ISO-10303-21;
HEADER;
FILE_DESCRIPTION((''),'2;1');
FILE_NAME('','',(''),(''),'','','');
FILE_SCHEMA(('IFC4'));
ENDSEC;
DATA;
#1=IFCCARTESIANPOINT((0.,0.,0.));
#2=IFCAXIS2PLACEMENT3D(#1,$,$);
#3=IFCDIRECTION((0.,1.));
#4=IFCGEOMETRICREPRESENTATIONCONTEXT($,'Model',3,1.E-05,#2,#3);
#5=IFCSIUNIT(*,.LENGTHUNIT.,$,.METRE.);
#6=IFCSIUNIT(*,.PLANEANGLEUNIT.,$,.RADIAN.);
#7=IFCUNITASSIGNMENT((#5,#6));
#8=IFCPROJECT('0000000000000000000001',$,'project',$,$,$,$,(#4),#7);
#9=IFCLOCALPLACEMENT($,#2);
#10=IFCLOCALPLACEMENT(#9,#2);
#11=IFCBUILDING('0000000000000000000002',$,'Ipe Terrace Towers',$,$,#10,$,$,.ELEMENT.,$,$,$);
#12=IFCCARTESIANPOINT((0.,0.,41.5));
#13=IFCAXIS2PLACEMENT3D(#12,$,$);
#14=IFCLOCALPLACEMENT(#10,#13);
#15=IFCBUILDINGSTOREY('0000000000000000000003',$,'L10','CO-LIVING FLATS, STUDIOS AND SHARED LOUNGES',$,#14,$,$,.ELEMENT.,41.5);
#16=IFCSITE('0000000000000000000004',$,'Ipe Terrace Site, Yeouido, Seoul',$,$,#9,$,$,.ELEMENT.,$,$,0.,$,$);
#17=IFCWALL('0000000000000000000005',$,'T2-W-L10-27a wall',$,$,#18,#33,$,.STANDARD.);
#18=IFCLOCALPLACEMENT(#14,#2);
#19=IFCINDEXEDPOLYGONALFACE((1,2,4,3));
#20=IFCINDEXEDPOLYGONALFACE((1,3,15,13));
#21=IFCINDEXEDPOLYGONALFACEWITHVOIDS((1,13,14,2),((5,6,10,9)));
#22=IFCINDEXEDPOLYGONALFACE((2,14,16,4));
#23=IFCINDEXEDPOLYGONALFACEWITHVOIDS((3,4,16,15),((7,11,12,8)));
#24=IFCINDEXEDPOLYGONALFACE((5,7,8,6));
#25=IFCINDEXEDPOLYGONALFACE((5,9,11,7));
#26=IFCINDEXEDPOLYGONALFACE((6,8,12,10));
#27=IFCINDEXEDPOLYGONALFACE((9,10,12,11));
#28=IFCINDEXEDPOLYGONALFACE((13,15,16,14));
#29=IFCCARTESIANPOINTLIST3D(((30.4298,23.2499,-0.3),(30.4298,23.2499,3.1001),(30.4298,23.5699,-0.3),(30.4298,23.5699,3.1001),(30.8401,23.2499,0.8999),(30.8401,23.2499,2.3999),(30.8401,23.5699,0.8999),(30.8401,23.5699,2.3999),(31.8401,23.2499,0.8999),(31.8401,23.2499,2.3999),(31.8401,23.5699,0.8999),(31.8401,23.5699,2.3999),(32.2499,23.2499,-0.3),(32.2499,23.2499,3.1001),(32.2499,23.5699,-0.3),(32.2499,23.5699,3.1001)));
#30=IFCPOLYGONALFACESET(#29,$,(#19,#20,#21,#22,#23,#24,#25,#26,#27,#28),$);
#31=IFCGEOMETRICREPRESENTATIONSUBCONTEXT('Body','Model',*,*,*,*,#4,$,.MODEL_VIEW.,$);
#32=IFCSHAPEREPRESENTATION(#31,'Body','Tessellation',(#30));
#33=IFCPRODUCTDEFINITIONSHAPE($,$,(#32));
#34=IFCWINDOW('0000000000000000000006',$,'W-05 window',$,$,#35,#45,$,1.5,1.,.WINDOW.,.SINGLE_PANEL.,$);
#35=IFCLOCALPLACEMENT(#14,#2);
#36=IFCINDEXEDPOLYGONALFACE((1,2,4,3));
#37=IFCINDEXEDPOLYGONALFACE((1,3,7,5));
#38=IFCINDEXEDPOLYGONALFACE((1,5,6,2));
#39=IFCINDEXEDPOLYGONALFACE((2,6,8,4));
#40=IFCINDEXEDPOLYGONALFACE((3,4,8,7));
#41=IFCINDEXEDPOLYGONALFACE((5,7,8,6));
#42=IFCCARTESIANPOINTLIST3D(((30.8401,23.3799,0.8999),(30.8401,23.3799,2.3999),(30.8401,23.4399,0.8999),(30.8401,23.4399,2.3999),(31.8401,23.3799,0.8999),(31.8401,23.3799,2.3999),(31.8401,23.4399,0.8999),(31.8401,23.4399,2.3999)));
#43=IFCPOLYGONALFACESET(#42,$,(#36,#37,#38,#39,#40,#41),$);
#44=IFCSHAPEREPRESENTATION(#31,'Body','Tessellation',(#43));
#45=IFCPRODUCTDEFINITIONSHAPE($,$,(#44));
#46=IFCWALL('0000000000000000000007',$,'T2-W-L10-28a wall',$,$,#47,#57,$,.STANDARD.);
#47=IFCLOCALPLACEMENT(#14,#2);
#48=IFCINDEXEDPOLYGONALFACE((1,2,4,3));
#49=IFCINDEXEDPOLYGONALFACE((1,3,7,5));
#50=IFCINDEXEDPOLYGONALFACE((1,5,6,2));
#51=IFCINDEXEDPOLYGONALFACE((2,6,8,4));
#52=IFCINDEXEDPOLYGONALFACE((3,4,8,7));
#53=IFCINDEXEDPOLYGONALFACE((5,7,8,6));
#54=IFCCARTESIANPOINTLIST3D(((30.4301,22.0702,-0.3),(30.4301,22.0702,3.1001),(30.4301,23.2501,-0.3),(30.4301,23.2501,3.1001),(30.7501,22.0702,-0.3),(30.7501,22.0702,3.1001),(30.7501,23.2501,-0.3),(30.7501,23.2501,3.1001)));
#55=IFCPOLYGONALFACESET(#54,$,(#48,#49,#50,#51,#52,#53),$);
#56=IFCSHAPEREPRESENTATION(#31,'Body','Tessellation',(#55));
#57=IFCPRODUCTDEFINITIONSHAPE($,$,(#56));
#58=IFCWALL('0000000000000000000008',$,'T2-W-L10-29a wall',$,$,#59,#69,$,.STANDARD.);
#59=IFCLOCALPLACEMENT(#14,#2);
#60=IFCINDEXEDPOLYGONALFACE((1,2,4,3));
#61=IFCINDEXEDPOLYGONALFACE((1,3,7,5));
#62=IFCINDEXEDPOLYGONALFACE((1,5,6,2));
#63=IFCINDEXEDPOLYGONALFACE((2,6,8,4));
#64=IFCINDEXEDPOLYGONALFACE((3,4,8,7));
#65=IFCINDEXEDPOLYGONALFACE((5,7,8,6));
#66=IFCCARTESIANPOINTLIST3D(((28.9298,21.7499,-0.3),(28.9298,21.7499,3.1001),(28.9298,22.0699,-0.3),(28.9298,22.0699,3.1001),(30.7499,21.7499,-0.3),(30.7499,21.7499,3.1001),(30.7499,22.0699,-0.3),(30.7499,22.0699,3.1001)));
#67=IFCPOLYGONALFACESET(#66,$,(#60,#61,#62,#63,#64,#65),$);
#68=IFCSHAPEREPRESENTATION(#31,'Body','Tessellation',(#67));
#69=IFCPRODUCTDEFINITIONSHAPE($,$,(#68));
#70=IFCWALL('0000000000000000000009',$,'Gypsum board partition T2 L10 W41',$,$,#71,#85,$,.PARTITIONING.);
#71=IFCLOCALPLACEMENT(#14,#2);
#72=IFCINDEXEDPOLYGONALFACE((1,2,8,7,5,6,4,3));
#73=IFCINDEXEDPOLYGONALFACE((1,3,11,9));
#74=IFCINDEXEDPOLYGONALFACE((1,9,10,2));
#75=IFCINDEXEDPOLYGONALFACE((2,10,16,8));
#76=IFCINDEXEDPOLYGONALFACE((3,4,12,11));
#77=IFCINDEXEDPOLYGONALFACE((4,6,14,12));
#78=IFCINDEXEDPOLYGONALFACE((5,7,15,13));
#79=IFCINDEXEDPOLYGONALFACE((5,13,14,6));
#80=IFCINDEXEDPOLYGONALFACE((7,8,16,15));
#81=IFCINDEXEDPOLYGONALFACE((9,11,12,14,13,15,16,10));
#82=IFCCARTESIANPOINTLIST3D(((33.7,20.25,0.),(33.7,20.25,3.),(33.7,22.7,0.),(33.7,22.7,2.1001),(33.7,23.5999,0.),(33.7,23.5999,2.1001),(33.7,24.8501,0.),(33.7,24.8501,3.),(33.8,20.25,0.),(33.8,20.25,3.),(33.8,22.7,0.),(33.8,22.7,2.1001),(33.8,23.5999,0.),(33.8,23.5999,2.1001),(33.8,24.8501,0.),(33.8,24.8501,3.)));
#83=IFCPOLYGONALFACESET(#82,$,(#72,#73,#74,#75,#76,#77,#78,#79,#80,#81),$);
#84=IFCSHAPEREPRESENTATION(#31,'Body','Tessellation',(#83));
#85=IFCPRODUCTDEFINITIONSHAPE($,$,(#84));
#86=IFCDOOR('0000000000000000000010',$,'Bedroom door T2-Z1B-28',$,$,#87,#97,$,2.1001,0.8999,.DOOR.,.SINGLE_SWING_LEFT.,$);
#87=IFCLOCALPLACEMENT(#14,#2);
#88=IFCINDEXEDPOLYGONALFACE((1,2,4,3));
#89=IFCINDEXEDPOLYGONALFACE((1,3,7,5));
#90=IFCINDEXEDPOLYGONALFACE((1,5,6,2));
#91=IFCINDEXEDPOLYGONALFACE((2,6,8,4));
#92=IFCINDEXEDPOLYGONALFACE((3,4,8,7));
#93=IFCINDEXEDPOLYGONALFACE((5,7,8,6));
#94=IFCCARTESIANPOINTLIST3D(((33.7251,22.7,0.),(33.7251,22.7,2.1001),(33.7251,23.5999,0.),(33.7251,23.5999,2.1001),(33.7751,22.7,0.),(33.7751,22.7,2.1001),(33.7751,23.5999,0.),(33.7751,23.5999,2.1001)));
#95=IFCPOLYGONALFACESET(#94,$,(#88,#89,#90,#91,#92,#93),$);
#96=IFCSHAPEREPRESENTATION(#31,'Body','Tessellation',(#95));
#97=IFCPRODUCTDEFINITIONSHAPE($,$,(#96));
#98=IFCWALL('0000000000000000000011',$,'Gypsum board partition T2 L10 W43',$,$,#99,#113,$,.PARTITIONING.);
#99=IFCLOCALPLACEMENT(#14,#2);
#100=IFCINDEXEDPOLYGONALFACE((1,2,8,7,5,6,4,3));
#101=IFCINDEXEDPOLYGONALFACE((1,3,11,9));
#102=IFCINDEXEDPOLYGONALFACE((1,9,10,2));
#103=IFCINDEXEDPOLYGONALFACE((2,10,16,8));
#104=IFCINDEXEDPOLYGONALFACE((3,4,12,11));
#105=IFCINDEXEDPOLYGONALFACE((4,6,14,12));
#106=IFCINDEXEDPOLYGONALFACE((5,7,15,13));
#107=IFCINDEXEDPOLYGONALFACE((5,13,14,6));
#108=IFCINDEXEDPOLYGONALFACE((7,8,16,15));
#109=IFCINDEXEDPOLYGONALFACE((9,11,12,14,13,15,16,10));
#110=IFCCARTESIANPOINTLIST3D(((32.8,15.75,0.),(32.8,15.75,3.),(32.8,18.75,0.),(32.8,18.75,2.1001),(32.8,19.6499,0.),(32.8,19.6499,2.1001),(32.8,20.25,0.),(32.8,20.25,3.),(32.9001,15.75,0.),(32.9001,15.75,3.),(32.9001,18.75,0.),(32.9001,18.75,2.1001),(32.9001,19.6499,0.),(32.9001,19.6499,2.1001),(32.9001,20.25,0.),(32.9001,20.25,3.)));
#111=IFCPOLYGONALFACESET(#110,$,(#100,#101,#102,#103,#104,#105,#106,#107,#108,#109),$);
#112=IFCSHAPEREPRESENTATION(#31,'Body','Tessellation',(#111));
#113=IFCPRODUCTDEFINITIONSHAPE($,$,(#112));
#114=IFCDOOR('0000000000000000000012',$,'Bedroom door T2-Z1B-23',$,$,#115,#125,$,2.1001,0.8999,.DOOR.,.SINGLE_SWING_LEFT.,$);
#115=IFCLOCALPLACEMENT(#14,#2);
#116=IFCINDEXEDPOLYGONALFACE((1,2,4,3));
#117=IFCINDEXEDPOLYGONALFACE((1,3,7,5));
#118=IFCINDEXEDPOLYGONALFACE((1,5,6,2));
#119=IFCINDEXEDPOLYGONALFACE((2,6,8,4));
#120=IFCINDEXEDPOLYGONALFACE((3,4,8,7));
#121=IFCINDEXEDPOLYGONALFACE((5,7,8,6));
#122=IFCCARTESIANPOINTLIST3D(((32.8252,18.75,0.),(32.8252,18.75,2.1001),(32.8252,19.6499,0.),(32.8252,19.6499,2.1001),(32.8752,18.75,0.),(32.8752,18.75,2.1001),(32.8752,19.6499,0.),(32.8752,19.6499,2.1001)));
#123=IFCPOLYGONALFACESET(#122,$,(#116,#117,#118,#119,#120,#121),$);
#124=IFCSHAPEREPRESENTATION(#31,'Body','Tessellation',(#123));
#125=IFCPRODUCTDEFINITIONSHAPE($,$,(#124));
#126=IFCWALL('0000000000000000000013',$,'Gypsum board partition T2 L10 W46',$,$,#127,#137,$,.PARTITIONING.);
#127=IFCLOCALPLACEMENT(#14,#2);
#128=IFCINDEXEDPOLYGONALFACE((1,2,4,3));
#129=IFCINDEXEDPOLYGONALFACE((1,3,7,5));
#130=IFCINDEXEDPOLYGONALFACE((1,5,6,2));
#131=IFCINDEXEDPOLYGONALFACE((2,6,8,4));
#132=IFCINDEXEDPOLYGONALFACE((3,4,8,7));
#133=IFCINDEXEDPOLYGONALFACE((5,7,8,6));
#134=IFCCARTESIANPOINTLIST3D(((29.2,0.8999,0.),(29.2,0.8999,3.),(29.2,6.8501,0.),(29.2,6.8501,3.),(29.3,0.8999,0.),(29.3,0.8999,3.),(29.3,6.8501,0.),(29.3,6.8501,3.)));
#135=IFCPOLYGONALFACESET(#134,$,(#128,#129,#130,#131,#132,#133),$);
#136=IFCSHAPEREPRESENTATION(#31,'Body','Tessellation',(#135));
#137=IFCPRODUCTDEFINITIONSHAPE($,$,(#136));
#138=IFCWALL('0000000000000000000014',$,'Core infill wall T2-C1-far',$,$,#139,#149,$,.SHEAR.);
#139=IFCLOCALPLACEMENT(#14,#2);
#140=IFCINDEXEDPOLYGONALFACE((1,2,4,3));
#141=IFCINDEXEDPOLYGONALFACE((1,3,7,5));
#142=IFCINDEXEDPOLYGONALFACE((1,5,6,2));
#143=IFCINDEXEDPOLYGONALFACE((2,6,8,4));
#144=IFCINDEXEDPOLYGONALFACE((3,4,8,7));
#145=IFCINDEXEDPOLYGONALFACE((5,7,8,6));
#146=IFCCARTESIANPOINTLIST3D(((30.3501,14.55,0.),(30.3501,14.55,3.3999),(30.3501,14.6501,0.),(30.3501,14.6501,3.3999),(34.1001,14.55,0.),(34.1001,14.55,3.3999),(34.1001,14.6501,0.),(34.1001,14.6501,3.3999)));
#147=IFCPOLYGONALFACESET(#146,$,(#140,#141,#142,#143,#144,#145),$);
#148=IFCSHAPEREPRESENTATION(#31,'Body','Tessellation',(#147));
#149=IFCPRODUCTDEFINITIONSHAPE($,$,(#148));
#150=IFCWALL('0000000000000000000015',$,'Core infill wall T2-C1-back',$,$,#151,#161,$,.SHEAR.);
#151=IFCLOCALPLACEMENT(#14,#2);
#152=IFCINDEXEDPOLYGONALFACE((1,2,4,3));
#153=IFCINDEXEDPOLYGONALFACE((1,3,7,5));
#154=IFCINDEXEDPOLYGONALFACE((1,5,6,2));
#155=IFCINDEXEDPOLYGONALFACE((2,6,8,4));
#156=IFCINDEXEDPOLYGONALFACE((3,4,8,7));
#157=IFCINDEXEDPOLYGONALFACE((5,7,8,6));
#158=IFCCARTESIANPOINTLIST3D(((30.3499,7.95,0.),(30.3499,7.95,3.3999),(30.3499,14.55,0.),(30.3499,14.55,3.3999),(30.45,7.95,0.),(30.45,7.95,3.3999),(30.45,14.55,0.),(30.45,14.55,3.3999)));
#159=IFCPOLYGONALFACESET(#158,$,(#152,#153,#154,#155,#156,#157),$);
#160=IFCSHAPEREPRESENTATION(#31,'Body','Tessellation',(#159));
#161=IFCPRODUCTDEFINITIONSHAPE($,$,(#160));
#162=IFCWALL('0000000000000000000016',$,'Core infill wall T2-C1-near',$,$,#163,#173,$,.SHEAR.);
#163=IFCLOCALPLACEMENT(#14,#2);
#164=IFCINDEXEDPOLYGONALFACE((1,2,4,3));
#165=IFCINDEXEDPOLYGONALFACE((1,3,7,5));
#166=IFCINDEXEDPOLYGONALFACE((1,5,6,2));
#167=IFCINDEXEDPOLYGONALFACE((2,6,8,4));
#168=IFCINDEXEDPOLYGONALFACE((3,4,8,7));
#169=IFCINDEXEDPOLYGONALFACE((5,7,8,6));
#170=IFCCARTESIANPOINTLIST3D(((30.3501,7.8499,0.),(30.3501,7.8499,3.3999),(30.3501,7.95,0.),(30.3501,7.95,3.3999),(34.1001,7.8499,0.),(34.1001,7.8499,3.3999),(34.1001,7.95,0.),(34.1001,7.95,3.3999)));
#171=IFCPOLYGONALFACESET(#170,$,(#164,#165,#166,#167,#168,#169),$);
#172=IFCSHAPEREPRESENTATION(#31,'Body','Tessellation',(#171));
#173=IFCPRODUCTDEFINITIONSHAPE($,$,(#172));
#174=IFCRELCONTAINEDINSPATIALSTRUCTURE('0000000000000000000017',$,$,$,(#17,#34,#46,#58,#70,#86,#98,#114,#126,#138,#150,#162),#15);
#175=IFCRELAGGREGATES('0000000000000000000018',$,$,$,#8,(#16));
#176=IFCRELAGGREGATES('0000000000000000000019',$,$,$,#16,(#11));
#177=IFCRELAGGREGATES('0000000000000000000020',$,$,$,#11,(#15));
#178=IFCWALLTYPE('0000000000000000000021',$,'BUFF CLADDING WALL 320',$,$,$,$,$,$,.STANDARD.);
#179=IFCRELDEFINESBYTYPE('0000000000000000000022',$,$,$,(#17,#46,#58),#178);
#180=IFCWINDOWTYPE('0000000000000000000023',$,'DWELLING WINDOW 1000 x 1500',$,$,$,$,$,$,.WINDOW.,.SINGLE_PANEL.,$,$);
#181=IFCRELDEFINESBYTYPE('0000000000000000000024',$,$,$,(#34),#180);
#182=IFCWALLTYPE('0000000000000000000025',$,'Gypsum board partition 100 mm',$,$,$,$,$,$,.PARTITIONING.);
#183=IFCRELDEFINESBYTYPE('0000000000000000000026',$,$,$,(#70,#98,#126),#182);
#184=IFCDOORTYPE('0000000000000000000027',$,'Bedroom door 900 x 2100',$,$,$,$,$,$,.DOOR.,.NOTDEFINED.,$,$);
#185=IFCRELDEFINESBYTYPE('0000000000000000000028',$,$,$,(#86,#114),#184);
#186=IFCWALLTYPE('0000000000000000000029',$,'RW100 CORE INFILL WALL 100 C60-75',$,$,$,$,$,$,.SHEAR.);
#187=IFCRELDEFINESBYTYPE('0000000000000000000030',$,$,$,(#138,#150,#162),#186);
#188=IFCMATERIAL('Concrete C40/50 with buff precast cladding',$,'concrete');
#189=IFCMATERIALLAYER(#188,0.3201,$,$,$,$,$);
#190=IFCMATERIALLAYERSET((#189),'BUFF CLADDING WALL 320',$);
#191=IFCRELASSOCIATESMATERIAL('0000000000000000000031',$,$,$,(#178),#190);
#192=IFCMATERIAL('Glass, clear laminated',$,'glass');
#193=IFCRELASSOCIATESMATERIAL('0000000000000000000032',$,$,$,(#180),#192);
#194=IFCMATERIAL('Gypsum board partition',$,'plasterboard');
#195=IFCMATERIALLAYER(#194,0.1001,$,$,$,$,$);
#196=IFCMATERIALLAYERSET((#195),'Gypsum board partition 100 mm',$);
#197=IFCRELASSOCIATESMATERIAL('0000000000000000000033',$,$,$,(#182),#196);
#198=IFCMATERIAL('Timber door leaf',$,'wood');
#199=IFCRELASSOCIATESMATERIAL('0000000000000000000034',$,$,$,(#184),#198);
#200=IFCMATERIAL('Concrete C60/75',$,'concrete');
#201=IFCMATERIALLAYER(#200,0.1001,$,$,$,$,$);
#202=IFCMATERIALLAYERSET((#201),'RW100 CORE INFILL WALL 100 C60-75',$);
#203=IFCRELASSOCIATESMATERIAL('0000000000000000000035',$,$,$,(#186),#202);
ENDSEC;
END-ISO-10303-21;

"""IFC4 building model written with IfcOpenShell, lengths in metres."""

from ifc_helpers import new_model, si_unit, direction, frame, frame_2d, origin, place, context, subcontext, project, spatial, rectangle, extrude, material, layer, layer_set, type_object, element, fill, save


model = new_model("IFC4")

# Units and contexts
model_context = context("Model", 3, precision=1e-05, world=origin(), true_north=direction((0.0, 1.0)))
body_context = subcontext(model_context, "Body", "Model", "MODEL_VIEW")
ifc_project = project(units=[si_unit("LENGTHUNIT", "METRE"), si_unit("PLANEANGLEUNIT", "RADIAN")], contexts=[model_context])

# Site, building, storey
site_placement = place(None, origin())
site = spatial("IfcSite", under=ifc_project, at=site_placement, Name="Ipe Terrace Site, Yeouido, Seoul", CompositionType="ELEMENT", RefElevation=0.0)
building_placement = place(site_placement, origin())
building = spatial("IfcBuilding", under=site, at=building_placement, Name="Ipe Terrace Towers", CompositionType="ELEMENT")
storey_placement = place(building_placement, frame((0.0, 0.0, 41.5)))
storey = spatial("IfcBuildingStorey", under=building, at=storey_placement, Name="L10", Description="CO-LIVING FLATS, STUDIOS AND SHARED LOUNGES", CompositionType="ELEMENT", Elevation=41.5)

# Shared definitions
ifc_material_1 = material(Name="Concrete C40/50 with buff precast cladding", Category="concrete")
ifc_layer_1 = layer(ifc_material_1, 0.3201)
ifc_layer_set_1 = layer_set([ifc_layer_1], Name="BUFF CLADDING WALL 320")
wall_type_1 = type_object("IfcWallType", Name="BUFF CLADDING WALL 320", PredefinedType="STANDARD", material=ifc_layer_set_1)

# Wall, opening, window
wall_1_placement = place(storey_placement, frame((32.25, 23.4099, -0.3), z_axis=(0.0, 0.0, 1.0), x_axis=(-1.0, 0.0, 0.0)))
wall_1 = element("IfcWall", 1, at=wall_1_placement, inside=storey, type_object=wall_type_1, Name="T2-W-L10-27a wall", PredefinedType="STANDARD", context=body_context, shape_type="SweptSolid", body=[
    extrude(rectangle(XDim=1.8201, YDim=0.3201, at=frame_2d((0.9102, 0.0))), origin(), (0.0, 0.0, 1.0), 3.4001),
])
opening_1_placement = place(wall_1_placement, frame((0.4099, 0.0, 1.2)))
opening_1 = element("IfcOpeningElement", 2, at=opening_1_placement, cuts=wall_1, PredefinedType="OPENING", context=body_context, shape_type="SweptSolid", body=[
    extrude(rectangle(XDim=1.0, YDim=1.5, at=frame_2d((0.5, 0.75))), frame((0.0, 0.1699, 0.0), z_axis=(0.0, -1.0, 0.0), x_axis=(1.0, 0.0, 0.0)), (0.0, 0.0, 1.0), 0.3401),
])
ifc_material_2 = material(Name="Glass, clear laminated", Category="glass")
window_type = type_object("IfcWindowType", Name="DWELLING WINDOW 1000 x 1500", PartitioningType="SINGLE_PANEL", PredefinedType="WINDOW", material=ifc_material_2)
window_placement = place(opening_1_placement, origin())
window = element("IfcWindow", 3, at=window_placement, inside=storey, type_object=window_type, Name="W-05 window", OverallHeight=1.5, OverallWidth=1.0, PartitioningType="SINGLE_PANEL", PredefinedType="WINDOW", context=body_context, shape_type="SweptSolid", body=[
    extrude(rectangle(XDim=1.0, YDim=1.5, at=frame_2d((0.5, 0.75))), frame((0.0, 0.03, 0.0), z_axis=(0.0, -1.0, 0.0), x_axis=(1.0, 0.0, 0.0)), (0.0, 0.0, 1.0), 0.0601),
])
fill(opening_1, window)

# Walls
wall_2_placement = place(storey_placement, frame((30.5901, 23.25, -0.3), z_axis=(0.0, 0.0, 1.0), x_axis=(0.0, -1.0, 0.0)))
element("IfcWall", 4, at=wall_2_placement, inside=storey, type_object=wall_type_1, Name="T2-W-L10-28a wall", PredefinedType="STANDARD", context=body_context, shape_type="SweptSolid", body=[
    extrude(rectangle(XDim=1.1799, YDim=0.3201, at=frame_2d((0.5898, 0.0))), origin(), (0.0, 0.0, 1.0), 3.4001),
])
wall_3_placement = place(storey_placement, frame((30.75, 21.9099, -0.3), z_axis=(0.0, 0.0, 1.0), x_axis=(-1.0, 0.0, 0.0)))
element("IfcWall", 5, at=wall_3_placement, inside=storey, type_object=wall_type_1, Name="T2-W-L10-29a wall", PredefinedType="STANDARD", context=body_context, shape_type="SweptSolid", body=[
    extrude(rectangle(XDim=1.8201, YDim=0.3201, at=frame_2d((0.9102, 0.0))), origin(), (0.0, 0.0, 1.0), 3.4001),
])

# Walls, openings, doors
ifc_material_3 = material(Name="Gypsum board partition", Category="plasterboard")
ifc_layer_2 = layer(ifc_material_3, 0.1001)
ifc_layer_set_2 = layer_set([ifc_layer_2], Name="Gypsum board partition 100 mm")
wall_type_2 = type_object("IfcWallType", Name="Gypsum board partition 100 mm", PredefinedType="PARTITIONING", material=ifc_layer_set_2)
wall_4_placement = place(storey_placement, frame((33.75, 20.25, 0.0), z_axis=(0.0, 0.0, 1.0), x_axis=(0.0, 1.0, 0.0)))
wall_4 = element("IfcWall", 6, at=wall_4_placement, inside=storey, type_object=wall_type_2, Name="Gypsum board partition T2 L10 W41", PredefinedType="PARTITIONING", context=body_context, shape_type="SweptSolid", body=[
    extrude(rectangle(XDim=4.6001, YDim=0.1001, at=frame_2d((2.3, 0.0))), origin(), (0.0, 0.0, 1.0), 3.0),
])
opening_2_placement = place(wall_4_placement, frame((2.45, 0.0, 0.0)))
opening_2 = element("IfcOpeningElement", 7, at=opening_2_placement, cuts=wall_4, PredefinedType="OPENING", context=body_context, shape_type="SweptSolid", body=[
    extrude(rectangle(XDim=0.8999, YDim=2.1001, at=frame_2d((0.45, 1.05))), frame((0.0, 0.0601, 0.0), z_axis=(0.0, -1.0, 0.0), x_axis=(1.0, 0.0, 0.0)), (0.0, 0.0, 1.0), 0.1201),
])
ifc_material_4 = material(Name="Timber door leaf", Category="wood")
door_type_1 = type_object("IfcDoorType", Name="Bedroom door 900 x 2100", OperationType="NOTDEFINED", PredefinedType="DOOR", material=ifc_material_4)
door_1_placement = place(opening_2_placement, origin())
door_1 = element("IfcDoor", 8, at=door_1_placement, inside=storey, type_object=door_type_1, Name="Bedroom door T2-Z1B-28", OperationType="SINGLE_SWING_LEFT", OverallHeight=2.1001, OverallWidth=0.8999, PredefinedType="DOOR", context=body_context, shape_type="SweptSolid", body=[
    extrude(rectangle(XDim=0.8999, YDim=2.1001, at=frame_2d((0.45, 1.05))), frame((0.0, 0.0249, 0.0), z_axis=(0.0, -1.0, 0.0), x_axis=(1.0, 0.0, 0.0)), (0.0, 0.0, 1.0), 0.05),
])
fill(opening_2, door_1)
wall_5_placement = place(storey_placement, frame((32.8501, 15.75, 0.0), z_axis=(0.0, 0.0, 1.0), x_axis=(0.0, 1.0, 0.0)))
wall_5 = element("IfcWall", 9, at=wall_5_placement, inside=storey, type_object=wall_type_2, Name="Gypsum board partition T2 L10 W43", PredefinedType="PARTITIONING", context=body_context, shape_type="SweptSolid", body=[
    extrude(rectangle(XDim=4.5, YDim=0.1001, at=frame_2d((2.25, 0.0))), origin(), (0.0, 0.0, 1.0), 3.0),
])
opening_3_placement = place(wall_5_placement, frame((3.0, 0.0, 0.0)))
opening_3 = element("IfcOpeningElement", 10, at=opening_3_placement, cuts=wall_5, PredefinedType="OPENING", context=body_context, shape_type="SweptSolid", body=[
    extrude(rectangle(XDim=0.8999, YDim=2.1001, at=frame_2d((0.45, 1.05))), frame((0.0, 0.0601, 0.0), z_axis=(0.0, -1.0, 0.0), x_axis=(1.0, 0.0, 0.0)), (0.0, 0.0, 1.0), 0.1201),
])
door_2_placement = place(opening_3_placement, origin())
door_2 = element("IfcDoor", 11, at=door_2_placement, inside=storey, type_object=door_type_1, Name="Bedroom door T2-Z1B-23", OperationType="SINGLE_SWING_LEFT", OverallHeight=2.1001, OverallWidth=0.8999, PredefinedType="DOOR", context=body_context, shape_type="SweptSolid", body=[
    extrude(rectangle(XDim=0.8999, YDim=2.1001, at=frame_2d((0.45, 1.05))), frame((0.0, 0.0249, 0.0), z_axis=(0.0, -1.0, 0.0), x_axis=(1.0, 0.0, 0.0)), (0.0, 0.0, 1.0), 0.05),
])
fill(opening_3, door_2)

# Walls
wall_6_placement = place(storey_placement, frame((29.25, 0.8999, 0.0), z_axis=(0.0, 0.0, 1.0), x_axis=(0.0, 1.0, 0.0)))
element("IfcWall", 12, at=wall_6_placement, inside=storey, type_object=wall_type_2, Name="Gypsum board partition T2 L10 W46", PredefinedType="PARTITIONING", context=body_context, shape_type="SweptSolid", body=[
    extrude(rectangle(XDim=5.9502, YDim=0.1001, at=frame_2d((2.9751, 0.0))), origin(), (0.0, 0.0, 1.0), 3.0),
])
ifc_material_5 = material(Name="Concrete C60/75", Category="concrete")
ifc_layer_3 = layer(ifc_material_5, 0.1001)
ifc_layer_set_3 = layer_set([ifc_layer_3], Name="RW100 CORE INFILL WALL 100 C60-75")
wall_type_3 = type_object("IfcWallType", Name="RW100 CORE INFILL WALL 100 C60-75", PredefinedType="SHEAR", material=ifc_layer_set_3)
wall_7_placement = place(storey_placement, frame((34.1001, 14.6001, 0.0), z_axis=(0.0, 0.0, 1.0), x_axis=(-1.0, 0.0, 0.0)))
element("IfcWall", 13, at=wall_7_placement, inside=storey, type_object=wall_type_3, Name="Core infill wall T2-C1-far", PredefinedType="SHEAR", context=body_context, shape_type="SweptSolid", body=[
    extrude(rectangle(XDim=3.75, YDim=0.1001, at=frame_2d((1.875, 0.0))), origin(), (0.0, 0.0, 1.0), 3.3999),
])
wall_8_placement = place(storey_placement, frame((30.3999, 7.95, 0.0), z_axis=(0.0, 0.0, 1.0), x_axis=(0.0, 1.0, 0.0)))
element("IfcWall", 14, at=wall_8_placement, inside=storey, type_object=wall_type_3, Name="Core infill wall T2-C1-back", PredefinedType="SHEAR", context=body_context, shape_type="SweptSolid", body=[
    extrude(rectangle(XDim=6.6001, YDim=0.1001, at=frame_2d((3.3, 0.0))), origin(), (0.0, 0.0, 1.0), 3.3999),
])
wall_9_placement = place(storey_placement, frame((34.1001, 7.8999, 0.0), z_axis=(0.0, 0.0, 1.0), x_axis=(-1.0, 0.0, 0.0)))
element("IfcWall", 15, at=wall_9_placement, inside=storey, type_object=wall_type_3, Name="Core infill wall T2-C1-near", PredefinedType="SHEAR", context=body_context, shape_type="SweptSolid", body=[
    extrude(rectangle(XDim=3.75, YDim=0.1001, at=frame_2d((1.875, 0.0))), origin(), (0.0, 0.0, 1.0), 3.3999),
])

save(model, "model.ifc")
